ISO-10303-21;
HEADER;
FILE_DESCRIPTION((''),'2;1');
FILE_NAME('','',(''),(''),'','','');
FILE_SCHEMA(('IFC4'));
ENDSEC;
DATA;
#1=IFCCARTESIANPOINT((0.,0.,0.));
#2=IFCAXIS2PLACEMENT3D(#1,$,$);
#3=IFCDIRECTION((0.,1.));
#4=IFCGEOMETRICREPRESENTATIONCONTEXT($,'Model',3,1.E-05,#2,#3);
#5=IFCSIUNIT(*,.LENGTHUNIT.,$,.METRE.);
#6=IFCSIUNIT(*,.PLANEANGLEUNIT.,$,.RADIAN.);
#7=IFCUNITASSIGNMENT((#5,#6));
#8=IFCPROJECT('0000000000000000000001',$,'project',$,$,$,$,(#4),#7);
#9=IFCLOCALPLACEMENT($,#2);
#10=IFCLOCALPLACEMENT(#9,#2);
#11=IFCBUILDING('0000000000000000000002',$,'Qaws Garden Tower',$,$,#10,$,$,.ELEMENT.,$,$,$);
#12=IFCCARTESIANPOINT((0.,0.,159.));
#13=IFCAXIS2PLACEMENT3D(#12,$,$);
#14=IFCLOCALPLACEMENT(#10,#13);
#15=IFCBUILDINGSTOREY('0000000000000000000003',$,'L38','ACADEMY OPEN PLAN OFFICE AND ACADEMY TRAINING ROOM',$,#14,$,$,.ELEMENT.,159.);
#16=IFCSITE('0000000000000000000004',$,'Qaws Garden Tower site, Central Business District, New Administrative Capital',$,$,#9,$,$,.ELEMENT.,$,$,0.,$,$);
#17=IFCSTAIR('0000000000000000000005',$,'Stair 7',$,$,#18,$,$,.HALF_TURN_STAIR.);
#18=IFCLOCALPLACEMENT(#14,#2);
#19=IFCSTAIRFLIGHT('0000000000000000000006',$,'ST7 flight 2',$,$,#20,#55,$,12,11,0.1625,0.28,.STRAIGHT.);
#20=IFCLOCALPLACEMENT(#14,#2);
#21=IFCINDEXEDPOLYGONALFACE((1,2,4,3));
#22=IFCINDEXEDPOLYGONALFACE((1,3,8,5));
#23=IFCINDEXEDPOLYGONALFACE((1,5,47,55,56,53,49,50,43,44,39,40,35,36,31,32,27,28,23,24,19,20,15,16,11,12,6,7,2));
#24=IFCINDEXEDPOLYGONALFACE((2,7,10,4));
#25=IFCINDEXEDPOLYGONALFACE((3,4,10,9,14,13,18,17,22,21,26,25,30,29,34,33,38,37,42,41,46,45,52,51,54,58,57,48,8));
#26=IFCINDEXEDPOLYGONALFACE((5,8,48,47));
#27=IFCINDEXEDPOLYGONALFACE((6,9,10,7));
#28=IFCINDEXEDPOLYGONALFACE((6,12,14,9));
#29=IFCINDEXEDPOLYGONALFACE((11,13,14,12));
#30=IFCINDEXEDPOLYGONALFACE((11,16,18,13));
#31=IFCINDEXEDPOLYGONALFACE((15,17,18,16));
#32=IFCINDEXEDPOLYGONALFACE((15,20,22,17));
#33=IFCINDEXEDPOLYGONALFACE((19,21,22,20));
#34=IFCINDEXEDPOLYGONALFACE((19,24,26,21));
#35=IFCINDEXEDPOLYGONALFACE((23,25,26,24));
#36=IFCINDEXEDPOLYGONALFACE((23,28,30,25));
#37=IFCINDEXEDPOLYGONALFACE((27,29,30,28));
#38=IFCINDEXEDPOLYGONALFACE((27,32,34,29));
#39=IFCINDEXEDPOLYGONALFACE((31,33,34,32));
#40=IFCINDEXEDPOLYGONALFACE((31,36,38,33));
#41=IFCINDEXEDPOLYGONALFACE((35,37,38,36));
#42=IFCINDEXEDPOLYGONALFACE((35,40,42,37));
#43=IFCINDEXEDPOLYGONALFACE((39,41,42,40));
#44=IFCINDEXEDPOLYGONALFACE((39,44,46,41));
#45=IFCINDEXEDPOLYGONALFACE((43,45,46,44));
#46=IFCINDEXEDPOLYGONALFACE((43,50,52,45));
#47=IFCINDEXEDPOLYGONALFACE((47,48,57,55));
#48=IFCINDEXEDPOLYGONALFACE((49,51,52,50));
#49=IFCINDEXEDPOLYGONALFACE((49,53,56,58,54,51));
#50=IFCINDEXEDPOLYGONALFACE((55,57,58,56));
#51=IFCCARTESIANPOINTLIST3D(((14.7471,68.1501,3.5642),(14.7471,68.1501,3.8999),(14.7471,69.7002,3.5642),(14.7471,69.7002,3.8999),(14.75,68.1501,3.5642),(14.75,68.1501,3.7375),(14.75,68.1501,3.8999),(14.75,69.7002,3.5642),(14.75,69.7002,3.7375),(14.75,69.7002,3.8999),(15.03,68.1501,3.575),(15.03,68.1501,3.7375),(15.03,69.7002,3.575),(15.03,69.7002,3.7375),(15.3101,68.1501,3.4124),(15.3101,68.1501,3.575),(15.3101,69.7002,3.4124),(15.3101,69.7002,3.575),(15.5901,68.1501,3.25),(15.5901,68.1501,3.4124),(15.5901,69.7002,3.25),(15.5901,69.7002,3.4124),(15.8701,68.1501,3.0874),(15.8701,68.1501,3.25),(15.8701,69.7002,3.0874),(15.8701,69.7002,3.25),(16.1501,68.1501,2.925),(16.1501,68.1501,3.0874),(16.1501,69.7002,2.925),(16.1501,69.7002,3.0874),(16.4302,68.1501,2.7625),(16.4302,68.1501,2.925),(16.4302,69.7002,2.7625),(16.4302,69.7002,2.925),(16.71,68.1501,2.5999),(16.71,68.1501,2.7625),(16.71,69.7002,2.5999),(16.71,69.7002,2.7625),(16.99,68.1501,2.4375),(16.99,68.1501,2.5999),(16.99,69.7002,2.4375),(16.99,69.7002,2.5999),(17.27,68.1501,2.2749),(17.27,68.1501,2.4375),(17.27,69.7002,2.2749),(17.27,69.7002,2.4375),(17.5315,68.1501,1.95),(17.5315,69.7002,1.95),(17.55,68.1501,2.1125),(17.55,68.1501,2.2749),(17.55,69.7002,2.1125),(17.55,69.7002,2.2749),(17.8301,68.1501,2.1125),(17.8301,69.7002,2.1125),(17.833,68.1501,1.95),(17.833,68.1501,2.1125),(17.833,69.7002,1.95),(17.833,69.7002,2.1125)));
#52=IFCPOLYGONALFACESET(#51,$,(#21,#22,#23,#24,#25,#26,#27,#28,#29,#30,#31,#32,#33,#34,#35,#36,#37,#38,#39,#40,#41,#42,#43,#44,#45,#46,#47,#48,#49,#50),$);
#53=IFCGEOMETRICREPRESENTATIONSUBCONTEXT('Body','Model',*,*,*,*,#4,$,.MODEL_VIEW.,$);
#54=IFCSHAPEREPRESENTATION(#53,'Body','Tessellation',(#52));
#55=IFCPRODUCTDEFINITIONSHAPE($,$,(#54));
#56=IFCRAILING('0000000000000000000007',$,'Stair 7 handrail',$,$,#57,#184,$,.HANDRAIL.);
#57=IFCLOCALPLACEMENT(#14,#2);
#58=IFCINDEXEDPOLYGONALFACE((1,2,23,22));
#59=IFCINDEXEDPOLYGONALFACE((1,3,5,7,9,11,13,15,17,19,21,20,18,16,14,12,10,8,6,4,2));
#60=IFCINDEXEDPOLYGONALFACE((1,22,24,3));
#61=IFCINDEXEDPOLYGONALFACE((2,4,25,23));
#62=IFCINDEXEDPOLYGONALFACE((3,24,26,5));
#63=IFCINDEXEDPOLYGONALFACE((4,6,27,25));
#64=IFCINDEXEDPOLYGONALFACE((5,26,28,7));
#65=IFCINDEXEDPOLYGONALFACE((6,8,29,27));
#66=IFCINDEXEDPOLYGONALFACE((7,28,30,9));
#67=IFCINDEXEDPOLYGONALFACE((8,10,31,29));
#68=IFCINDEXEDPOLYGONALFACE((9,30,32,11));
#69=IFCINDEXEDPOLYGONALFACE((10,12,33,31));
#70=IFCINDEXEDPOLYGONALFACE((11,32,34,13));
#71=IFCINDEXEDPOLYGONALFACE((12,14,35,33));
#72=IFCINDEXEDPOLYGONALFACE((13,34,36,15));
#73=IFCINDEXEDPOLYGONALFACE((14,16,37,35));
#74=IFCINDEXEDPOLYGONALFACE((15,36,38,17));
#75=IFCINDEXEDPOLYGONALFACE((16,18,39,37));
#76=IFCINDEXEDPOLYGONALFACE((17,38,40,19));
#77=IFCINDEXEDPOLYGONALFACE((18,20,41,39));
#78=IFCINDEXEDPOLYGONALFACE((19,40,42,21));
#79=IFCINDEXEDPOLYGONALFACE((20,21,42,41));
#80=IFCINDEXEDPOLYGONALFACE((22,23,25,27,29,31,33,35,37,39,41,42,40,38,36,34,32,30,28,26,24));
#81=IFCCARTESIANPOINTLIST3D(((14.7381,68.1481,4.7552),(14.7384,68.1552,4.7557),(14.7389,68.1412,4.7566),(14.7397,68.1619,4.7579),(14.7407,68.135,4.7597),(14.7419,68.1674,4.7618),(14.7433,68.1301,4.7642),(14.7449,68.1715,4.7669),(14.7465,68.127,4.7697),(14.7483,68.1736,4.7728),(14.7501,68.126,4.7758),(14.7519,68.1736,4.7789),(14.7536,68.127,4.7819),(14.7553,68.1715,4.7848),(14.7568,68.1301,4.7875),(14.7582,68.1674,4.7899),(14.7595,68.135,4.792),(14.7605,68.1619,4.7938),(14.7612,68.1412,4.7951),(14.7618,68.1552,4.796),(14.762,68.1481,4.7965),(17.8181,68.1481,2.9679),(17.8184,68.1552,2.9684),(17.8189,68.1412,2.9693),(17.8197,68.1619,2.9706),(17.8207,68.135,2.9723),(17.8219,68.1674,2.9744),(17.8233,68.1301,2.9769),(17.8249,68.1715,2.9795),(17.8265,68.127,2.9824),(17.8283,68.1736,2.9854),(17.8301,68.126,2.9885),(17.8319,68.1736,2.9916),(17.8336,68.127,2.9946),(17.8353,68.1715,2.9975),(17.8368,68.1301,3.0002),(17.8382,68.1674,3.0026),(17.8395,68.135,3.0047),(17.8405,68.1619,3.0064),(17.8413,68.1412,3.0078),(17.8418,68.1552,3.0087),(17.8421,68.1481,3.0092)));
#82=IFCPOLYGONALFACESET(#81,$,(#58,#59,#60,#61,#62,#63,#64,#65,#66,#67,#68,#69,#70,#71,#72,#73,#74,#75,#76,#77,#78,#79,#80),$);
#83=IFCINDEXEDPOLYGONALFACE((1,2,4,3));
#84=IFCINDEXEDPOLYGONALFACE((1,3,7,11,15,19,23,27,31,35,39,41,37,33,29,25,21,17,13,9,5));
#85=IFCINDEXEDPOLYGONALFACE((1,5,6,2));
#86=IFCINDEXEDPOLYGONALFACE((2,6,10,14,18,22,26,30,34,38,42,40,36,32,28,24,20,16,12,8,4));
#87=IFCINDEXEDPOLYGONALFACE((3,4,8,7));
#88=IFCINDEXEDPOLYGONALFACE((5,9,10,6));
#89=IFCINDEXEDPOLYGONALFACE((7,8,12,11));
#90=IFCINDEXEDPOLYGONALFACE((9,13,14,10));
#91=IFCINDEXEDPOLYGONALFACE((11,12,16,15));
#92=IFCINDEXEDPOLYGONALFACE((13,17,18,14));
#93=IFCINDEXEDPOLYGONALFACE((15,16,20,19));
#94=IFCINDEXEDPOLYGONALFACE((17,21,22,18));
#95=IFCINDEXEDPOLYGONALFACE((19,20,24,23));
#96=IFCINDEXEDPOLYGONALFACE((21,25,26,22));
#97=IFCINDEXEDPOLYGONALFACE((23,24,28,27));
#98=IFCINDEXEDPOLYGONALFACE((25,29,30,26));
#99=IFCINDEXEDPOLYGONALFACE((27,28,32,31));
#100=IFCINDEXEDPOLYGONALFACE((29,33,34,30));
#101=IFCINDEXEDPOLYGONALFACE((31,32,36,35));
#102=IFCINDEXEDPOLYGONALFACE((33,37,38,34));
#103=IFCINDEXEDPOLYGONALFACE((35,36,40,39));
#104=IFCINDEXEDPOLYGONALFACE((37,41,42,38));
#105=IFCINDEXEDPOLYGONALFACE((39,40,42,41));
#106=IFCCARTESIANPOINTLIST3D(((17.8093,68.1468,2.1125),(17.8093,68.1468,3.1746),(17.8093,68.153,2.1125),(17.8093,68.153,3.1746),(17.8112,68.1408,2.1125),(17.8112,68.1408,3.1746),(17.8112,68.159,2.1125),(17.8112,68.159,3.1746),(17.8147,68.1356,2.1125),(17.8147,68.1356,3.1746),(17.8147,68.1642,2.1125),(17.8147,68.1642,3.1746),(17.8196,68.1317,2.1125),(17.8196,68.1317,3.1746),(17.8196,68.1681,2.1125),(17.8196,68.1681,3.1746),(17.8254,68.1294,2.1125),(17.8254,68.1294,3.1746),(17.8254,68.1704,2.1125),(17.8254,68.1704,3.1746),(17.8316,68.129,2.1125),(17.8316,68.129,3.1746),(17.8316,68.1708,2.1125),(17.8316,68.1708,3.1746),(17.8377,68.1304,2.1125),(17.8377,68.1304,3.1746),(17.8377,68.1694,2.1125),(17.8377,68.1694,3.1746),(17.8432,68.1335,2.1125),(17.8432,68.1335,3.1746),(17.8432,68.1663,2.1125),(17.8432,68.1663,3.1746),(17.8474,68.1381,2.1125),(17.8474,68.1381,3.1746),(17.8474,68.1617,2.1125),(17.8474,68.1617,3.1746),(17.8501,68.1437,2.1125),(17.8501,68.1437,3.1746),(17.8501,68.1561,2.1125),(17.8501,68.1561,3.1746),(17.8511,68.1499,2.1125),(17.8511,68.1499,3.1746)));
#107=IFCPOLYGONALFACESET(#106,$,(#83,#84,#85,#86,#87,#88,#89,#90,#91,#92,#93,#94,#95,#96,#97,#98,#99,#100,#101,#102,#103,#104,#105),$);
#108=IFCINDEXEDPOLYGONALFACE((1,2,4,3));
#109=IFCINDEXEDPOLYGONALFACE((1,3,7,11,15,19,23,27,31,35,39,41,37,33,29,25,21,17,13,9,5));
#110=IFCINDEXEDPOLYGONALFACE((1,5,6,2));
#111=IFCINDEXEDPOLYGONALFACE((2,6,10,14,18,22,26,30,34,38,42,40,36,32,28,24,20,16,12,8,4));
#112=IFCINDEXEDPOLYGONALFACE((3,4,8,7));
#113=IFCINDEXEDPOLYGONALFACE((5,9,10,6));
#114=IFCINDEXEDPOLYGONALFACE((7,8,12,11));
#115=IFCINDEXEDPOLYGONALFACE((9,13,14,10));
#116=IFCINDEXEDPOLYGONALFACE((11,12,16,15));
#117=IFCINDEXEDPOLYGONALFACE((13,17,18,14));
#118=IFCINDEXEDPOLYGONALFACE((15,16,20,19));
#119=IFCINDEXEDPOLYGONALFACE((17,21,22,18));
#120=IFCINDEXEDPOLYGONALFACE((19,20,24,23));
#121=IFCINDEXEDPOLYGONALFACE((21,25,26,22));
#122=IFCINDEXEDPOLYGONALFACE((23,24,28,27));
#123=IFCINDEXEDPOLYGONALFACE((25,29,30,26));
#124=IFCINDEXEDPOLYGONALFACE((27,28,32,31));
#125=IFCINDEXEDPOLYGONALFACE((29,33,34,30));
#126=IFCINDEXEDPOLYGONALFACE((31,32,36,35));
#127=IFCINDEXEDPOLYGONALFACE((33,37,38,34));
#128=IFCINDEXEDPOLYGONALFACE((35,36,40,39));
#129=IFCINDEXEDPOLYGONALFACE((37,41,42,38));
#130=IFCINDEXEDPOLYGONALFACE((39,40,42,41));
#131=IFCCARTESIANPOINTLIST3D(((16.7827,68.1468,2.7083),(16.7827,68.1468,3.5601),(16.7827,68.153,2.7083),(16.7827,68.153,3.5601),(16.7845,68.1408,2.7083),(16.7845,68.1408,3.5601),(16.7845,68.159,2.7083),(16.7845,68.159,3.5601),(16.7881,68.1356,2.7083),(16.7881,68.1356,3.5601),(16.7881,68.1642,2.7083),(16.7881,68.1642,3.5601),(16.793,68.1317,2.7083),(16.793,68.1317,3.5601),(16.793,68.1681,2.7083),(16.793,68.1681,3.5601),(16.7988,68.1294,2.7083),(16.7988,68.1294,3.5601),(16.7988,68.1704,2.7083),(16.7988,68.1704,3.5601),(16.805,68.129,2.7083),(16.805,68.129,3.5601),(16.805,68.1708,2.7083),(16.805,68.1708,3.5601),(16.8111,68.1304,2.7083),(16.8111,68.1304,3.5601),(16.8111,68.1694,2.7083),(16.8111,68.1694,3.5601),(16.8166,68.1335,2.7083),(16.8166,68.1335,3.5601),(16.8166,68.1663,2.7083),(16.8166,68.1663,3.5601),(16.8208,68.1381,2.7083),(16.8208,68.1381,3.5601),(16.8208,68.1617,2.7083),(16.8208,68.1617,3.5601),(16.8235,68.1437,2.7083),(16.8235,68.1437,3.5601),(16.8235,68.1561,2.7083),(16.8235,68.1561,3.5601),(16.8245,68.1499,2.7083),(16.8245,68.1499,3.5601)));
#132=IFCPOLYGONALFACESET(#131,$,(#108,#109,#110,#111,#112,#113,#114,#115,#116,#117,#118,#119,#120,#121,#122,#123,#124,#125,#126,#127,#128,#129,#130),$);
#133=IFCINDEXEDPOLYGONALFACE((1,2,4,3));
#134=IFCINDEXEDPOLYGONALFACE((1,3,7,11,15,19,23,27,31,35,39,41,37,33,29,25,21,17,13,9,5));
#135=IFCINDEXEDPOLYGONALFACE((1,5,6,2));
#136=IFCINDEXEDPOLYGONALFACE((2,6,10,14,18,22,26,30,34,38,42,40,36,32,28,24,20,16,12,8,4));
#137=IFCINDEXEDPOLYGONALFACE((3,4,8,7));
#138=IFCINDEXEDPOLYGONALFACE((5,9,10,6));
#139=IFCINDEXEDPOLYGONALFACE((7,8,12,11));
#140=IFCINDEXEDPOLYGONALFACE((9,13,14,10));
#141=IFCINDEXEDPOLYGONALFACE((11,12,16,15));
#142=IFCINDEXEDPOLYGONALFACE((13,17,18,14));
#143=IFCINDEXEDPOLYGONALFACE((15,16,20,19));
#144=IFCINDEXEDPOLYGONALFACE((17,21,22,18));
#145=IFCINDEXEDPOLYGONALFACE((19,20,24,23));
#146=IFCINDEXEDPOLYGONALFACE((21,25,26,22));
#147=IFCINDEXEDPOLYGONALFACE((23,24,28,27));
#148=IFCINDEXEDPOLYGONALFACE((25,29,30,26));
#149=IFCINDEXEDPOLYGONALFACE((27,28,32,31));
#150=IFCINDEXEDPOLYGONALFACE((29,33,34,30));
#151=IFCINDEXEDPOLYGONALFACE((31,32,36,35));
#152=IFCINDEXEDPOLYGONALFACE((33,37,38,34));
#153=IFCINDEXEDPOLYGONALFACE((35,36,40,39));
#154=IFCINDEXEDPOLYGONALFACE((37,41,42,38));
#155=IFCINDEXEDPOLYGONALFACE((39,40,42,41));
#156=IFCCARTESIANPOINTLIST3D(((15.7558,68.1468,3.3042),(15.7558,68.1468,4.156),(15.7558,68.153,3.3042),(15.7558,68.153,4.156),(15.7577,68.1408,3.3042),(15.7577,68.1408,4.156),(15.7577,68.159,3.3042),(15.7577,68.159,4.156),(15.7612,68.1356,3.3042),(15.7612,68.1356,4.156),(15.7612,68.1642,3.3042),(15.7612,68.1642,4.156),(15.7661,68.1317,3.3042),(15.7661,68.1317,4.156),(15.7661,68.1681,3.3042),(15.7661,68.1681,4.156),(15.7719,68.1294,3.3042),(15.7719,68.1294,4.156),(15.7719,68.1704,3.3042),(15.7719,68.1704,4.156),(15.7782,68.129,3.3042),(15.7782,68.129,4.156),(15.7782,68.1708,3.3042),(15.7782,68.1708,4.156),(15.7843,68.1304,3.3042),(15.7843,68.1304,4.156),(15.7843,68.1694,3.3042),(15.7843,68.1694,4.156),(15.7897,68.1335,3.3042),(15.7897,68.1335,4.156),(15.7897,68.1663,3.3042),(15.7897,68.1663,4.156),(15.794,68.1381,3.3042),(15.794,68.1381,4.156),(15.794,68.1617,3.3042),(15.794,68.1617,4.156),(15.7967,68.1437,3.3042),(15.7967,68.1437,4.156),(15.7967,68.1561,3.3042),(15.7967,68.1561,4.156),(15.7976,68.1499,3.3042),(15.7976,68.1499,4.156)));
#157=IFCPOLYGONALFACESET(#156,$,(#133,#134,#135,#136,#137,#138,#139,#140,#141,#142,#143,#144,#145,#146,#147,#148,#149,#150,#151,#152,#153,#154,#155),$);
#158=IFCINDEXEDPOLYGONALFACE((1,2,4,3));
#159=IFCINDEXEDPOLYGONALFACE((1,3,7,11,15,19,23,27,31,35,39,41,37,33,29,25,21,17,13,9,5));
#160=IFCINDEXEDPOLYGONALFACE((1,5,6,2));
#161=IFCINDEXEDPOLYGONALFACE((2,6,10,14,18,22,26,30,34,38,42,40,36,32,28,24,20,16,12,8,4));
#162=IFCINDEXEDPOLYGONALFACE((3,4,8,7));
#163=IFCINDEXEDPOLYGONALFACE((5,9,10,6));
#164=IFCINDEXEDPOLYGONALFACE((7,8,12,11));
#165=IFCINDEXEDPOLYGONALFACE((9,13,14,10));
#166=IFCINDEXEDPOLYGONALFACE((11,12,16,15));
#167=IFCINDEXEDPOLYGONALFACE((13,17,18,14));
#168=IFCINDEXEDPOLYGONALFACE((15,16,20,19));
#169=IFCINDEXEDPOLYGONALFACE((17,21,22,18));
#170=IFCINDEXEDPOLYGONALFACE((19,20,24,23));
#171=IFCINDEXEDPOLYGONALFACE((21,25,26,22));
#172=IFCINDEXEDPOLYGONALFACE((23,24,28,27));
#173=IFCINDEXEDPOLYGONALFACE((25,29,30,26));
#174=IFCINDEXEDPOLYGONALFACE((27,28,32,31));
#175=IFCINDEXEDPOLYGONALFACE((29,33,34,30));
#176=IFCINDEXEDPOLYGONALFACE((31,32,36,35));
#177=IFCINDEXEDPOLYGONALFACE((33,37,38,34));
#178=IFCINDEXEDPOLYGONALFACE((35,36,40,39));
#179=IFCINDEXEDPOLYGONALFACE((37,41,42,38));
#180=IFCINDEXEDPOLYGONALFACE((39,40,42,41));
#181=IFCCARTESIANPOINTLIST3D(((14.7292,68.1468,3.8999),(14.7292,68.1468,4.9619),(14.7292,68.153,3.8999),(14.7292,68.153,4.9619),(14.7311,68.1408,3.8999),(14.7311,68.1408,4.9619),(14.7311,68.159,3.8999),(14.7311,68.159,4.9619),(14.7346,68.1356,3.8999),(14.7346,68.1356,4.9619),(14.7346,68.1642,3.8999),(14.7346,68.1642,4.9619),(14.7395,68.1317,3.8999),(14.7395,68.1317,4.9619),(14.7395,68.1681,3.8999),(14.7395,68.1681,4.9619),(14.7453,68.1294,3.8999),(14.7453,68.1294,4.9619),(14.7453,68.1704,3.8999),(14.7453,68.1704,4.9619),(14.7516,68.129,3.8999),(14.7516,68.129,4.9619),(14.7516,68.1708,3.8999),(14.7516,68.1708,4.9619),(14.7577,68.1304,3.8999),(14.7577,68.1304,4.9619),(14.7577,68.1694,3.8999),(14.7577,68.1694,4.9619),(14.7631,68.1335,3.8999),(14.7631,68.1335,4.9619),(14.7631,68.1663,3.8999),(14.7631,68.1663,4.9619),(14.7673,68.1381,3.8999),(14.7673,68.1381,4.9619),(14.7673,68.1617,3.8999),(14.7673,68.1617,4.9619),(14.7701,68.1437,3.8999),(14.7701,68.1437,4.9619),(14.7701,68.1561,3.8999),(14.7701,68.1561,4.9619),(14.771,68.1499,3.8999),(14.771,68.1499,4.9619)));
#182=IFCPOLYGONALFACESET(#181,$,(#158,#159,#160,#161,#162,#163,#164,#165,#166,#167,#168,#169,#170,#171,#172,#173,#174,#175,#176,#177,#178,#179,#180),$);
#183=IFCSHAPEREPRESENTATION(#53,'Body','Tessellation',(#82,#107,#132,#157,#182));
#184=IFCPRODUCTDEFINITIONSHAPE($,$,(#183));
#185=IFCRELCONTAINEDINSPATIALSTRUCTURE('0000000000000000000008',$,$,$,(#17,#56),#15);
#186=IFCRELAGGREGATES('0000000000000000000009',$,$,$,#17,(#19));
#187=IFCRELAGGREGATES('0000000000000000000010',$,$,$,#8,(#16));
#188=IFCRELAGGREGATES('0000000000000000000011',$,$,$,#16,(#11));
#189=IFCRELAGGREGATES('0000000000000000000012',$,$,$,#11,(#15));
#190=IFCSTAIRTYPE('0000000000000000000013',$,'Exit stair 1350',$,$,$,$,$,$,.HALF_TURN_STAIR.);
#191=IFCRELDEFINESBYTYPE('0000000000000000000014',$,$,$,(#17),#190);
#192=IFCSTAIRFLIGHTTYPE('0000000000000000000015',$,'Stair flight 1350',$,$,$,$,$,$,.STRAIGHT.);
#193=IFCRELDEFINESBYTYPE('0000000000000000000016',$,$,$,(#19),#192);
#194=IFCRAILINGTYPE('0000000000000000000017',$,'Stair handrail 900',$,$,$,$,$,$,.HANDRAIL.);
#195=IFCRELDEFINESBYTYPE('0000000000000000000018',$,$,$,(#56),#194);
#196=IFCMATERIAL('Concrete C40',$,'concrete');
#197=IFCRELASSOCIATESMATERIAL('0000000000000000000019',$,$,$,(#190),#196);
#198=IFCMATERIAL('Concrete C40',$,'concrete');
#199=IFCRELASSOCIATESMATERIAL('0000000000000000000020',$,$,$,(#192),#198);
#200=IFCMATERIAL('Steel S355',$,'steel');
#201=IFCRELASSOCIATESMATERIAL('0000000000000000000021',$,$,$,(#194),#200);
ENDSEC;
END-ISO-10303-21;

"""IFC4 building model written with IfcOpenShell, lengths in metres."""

from ifc_helpers import new_model, si_unit, direction, frame, origin, origin_2d, place, context, subcontext, project, spatial, polyline, circle, outline, extrude, material, type_object, element, aggregate, save


model = new_model("IFC4")

# Units and contexts
model_context = context("Model", 3, precision=1e-05, world=origin(), true_north=direction((0.0, 1.0)))
body_context = subcontext(model_context, "Body", "Model", "MODEL_VIEW")
ifc_project = project(units=[si_unit("LENGTHUNIT", "METRE"), si_unit("PLANEANGLEUNIT", "RADIAN")], contexts=[model_context])

# Site, building, storey
site_placement = place(None, origin())
site = spatial("IfcSite", under=ifc_project, at=site_placement, Name="Qaws Garden Tower site, Central Business District, New Administrative Capital", CompositionType="ELEMENT", RefElevation=0.0)
building_placement = place(site_placement, origin())
building = spatial("IfcBuilding", under=site, at=building_placement, Name="Qaws Garden Tower", CompositionType="ELEMENT")
storey_placement = place(building_placement, frame((0.0, 0.0, 159.0)))
storey = spatial("IfcBuildingStorey", under=building, at=storey_placement, Name="L38", Description="ACADEMY OPEN PLAN OFFICE AND ACADEMY TRAINING ROOM", CompositionType="ELEMENT", Elevation=159.0)

# Stair, stair flight
ifc_material_1 = material(Name="Concrete C40", Category="concrete")
stair_type = type_object("IfcStairType", Name="Exit stair 1350", PredefinedType="HALF_TURN_STAIR", material=ifc_material_1)
stair_placement = place(storey_placement, origin())
stair = element("IfcStair", 1, at=stair_placement, inside=storey, type_object=stair_type, Name="Stair 7", PredefinedType="HALF_TURN_STAIR")
ifc_material_2 = material(Name="Concrete C40", Category="concrete")
stair_flight_type = type_object("IfcStairFlightType", Name="Stair flight 1350", PredefinedType="STRAIGHT", material=ifc_material_2)
stair_flight_placement = place(storey_placement, frame((17.8301, 68.925, 1.95), z_axis=(0.0, 0.0, 1.0), x_axis=(-1.0, 0.0, 0.0)))
stair_flight = element("IfcStairFlight", 2, at=stair_flight_placement, type_object=stair_flight_type, Name="ST7 flight 2", NumberOfRisers=12, NumberOfTreads=11, PredefinedType="STRAIGHT", RiserHeight=0.1625, TreadLength=0.28, context=body_context, shape_type="SweptSolid", body=[
    extrude(outline(polyline([(-0.0029, 0.0), (-0.0029, 0.1626), (0.0, 0.1626), (0.28, 0.1626), (0.28, 0.325), (0.5601, 0.325), (0.5601, 0.4875), (0.8401, 0.4875), (0.8401, 0.6499), (1.1201, 0.6499), (1.1201, 0.8125), (1.3999, 0.8125), (1.3999, 0.9751), (1.6799, 0.9751), (1.6799, 1.1375), (1.96, 1.1375), (1.96, 1.3), (2.24, 1.3), (2.24, 1.4624), (2.52, 1.4624), (2.52, 1.625), (2.8, 1.625), (2.8, 1.7876), (3.0801, 1.7876), (3.0801, 1.95), (3.083, 1.95), (3.083, 1.6143), (3.0801, 1.6143), (0.2986, 0.0), (-0.0029, 0.0)])), frame((0.0, 0.7749, 0.0), z_axis=(0.0, -1.0, 0.0), x_axis=(1.0, 0.0, 0.0)), (0.0, 0.0, 1.0), 1.55),
])
aggregate(stair, [stair_flight])

# Railing
ifc_material_3 = material(Name="Steel S355", Category="steel")
railing_type = type_object("IfcRailingType", Name="Stair handrail 900", PredefinedType="HANDRAIL", material=ifc_material_3)
railing_placement = place(storey_placement, frame((17.8301, 68.1499, 2.1125)))
element("IfcRailing", 3, at=railing_placement, inside=storey, type_object=railing_type, Name="Stair 7 handrail", PredefinedType="HANDRAIL", context=body_context, shape_type="SweptSolid", body=[
    extrude(circle(Radius=0.0239, at=origin_2d()), frame((0.0, 0.0, 0.876), z_axis=(-0.86492, 0.0, 0.501909), x_axis=(0.0, -1.0, 0.0)), (0.0, 0.0, 1.0), 3.561),
    extrude(circle(Radius=0.021, at=origin_2d()), origin(), (0.0, 0.0, 1.0), 1.062),
    extrude(circle(Radius=0.021, at=origin_2d()), frame((-1.0266, 0.0, 0.5957)), (0.0, 0.0, 1.0), 0.8518),
    extrude(circle(Radius=0.021, at=origin_2d()), frame((-2.0535, 0.0, 1.1917)), (0.0, 0.0, 1.0), 0.8518),
    extrude(circle(Radius=0.021, at=origin_2d()), frame((-3.0801, 0.0, 1.7874)), (0.0, 0.0, 1.0), 1.062),
])

save(model, "model.ifc")
